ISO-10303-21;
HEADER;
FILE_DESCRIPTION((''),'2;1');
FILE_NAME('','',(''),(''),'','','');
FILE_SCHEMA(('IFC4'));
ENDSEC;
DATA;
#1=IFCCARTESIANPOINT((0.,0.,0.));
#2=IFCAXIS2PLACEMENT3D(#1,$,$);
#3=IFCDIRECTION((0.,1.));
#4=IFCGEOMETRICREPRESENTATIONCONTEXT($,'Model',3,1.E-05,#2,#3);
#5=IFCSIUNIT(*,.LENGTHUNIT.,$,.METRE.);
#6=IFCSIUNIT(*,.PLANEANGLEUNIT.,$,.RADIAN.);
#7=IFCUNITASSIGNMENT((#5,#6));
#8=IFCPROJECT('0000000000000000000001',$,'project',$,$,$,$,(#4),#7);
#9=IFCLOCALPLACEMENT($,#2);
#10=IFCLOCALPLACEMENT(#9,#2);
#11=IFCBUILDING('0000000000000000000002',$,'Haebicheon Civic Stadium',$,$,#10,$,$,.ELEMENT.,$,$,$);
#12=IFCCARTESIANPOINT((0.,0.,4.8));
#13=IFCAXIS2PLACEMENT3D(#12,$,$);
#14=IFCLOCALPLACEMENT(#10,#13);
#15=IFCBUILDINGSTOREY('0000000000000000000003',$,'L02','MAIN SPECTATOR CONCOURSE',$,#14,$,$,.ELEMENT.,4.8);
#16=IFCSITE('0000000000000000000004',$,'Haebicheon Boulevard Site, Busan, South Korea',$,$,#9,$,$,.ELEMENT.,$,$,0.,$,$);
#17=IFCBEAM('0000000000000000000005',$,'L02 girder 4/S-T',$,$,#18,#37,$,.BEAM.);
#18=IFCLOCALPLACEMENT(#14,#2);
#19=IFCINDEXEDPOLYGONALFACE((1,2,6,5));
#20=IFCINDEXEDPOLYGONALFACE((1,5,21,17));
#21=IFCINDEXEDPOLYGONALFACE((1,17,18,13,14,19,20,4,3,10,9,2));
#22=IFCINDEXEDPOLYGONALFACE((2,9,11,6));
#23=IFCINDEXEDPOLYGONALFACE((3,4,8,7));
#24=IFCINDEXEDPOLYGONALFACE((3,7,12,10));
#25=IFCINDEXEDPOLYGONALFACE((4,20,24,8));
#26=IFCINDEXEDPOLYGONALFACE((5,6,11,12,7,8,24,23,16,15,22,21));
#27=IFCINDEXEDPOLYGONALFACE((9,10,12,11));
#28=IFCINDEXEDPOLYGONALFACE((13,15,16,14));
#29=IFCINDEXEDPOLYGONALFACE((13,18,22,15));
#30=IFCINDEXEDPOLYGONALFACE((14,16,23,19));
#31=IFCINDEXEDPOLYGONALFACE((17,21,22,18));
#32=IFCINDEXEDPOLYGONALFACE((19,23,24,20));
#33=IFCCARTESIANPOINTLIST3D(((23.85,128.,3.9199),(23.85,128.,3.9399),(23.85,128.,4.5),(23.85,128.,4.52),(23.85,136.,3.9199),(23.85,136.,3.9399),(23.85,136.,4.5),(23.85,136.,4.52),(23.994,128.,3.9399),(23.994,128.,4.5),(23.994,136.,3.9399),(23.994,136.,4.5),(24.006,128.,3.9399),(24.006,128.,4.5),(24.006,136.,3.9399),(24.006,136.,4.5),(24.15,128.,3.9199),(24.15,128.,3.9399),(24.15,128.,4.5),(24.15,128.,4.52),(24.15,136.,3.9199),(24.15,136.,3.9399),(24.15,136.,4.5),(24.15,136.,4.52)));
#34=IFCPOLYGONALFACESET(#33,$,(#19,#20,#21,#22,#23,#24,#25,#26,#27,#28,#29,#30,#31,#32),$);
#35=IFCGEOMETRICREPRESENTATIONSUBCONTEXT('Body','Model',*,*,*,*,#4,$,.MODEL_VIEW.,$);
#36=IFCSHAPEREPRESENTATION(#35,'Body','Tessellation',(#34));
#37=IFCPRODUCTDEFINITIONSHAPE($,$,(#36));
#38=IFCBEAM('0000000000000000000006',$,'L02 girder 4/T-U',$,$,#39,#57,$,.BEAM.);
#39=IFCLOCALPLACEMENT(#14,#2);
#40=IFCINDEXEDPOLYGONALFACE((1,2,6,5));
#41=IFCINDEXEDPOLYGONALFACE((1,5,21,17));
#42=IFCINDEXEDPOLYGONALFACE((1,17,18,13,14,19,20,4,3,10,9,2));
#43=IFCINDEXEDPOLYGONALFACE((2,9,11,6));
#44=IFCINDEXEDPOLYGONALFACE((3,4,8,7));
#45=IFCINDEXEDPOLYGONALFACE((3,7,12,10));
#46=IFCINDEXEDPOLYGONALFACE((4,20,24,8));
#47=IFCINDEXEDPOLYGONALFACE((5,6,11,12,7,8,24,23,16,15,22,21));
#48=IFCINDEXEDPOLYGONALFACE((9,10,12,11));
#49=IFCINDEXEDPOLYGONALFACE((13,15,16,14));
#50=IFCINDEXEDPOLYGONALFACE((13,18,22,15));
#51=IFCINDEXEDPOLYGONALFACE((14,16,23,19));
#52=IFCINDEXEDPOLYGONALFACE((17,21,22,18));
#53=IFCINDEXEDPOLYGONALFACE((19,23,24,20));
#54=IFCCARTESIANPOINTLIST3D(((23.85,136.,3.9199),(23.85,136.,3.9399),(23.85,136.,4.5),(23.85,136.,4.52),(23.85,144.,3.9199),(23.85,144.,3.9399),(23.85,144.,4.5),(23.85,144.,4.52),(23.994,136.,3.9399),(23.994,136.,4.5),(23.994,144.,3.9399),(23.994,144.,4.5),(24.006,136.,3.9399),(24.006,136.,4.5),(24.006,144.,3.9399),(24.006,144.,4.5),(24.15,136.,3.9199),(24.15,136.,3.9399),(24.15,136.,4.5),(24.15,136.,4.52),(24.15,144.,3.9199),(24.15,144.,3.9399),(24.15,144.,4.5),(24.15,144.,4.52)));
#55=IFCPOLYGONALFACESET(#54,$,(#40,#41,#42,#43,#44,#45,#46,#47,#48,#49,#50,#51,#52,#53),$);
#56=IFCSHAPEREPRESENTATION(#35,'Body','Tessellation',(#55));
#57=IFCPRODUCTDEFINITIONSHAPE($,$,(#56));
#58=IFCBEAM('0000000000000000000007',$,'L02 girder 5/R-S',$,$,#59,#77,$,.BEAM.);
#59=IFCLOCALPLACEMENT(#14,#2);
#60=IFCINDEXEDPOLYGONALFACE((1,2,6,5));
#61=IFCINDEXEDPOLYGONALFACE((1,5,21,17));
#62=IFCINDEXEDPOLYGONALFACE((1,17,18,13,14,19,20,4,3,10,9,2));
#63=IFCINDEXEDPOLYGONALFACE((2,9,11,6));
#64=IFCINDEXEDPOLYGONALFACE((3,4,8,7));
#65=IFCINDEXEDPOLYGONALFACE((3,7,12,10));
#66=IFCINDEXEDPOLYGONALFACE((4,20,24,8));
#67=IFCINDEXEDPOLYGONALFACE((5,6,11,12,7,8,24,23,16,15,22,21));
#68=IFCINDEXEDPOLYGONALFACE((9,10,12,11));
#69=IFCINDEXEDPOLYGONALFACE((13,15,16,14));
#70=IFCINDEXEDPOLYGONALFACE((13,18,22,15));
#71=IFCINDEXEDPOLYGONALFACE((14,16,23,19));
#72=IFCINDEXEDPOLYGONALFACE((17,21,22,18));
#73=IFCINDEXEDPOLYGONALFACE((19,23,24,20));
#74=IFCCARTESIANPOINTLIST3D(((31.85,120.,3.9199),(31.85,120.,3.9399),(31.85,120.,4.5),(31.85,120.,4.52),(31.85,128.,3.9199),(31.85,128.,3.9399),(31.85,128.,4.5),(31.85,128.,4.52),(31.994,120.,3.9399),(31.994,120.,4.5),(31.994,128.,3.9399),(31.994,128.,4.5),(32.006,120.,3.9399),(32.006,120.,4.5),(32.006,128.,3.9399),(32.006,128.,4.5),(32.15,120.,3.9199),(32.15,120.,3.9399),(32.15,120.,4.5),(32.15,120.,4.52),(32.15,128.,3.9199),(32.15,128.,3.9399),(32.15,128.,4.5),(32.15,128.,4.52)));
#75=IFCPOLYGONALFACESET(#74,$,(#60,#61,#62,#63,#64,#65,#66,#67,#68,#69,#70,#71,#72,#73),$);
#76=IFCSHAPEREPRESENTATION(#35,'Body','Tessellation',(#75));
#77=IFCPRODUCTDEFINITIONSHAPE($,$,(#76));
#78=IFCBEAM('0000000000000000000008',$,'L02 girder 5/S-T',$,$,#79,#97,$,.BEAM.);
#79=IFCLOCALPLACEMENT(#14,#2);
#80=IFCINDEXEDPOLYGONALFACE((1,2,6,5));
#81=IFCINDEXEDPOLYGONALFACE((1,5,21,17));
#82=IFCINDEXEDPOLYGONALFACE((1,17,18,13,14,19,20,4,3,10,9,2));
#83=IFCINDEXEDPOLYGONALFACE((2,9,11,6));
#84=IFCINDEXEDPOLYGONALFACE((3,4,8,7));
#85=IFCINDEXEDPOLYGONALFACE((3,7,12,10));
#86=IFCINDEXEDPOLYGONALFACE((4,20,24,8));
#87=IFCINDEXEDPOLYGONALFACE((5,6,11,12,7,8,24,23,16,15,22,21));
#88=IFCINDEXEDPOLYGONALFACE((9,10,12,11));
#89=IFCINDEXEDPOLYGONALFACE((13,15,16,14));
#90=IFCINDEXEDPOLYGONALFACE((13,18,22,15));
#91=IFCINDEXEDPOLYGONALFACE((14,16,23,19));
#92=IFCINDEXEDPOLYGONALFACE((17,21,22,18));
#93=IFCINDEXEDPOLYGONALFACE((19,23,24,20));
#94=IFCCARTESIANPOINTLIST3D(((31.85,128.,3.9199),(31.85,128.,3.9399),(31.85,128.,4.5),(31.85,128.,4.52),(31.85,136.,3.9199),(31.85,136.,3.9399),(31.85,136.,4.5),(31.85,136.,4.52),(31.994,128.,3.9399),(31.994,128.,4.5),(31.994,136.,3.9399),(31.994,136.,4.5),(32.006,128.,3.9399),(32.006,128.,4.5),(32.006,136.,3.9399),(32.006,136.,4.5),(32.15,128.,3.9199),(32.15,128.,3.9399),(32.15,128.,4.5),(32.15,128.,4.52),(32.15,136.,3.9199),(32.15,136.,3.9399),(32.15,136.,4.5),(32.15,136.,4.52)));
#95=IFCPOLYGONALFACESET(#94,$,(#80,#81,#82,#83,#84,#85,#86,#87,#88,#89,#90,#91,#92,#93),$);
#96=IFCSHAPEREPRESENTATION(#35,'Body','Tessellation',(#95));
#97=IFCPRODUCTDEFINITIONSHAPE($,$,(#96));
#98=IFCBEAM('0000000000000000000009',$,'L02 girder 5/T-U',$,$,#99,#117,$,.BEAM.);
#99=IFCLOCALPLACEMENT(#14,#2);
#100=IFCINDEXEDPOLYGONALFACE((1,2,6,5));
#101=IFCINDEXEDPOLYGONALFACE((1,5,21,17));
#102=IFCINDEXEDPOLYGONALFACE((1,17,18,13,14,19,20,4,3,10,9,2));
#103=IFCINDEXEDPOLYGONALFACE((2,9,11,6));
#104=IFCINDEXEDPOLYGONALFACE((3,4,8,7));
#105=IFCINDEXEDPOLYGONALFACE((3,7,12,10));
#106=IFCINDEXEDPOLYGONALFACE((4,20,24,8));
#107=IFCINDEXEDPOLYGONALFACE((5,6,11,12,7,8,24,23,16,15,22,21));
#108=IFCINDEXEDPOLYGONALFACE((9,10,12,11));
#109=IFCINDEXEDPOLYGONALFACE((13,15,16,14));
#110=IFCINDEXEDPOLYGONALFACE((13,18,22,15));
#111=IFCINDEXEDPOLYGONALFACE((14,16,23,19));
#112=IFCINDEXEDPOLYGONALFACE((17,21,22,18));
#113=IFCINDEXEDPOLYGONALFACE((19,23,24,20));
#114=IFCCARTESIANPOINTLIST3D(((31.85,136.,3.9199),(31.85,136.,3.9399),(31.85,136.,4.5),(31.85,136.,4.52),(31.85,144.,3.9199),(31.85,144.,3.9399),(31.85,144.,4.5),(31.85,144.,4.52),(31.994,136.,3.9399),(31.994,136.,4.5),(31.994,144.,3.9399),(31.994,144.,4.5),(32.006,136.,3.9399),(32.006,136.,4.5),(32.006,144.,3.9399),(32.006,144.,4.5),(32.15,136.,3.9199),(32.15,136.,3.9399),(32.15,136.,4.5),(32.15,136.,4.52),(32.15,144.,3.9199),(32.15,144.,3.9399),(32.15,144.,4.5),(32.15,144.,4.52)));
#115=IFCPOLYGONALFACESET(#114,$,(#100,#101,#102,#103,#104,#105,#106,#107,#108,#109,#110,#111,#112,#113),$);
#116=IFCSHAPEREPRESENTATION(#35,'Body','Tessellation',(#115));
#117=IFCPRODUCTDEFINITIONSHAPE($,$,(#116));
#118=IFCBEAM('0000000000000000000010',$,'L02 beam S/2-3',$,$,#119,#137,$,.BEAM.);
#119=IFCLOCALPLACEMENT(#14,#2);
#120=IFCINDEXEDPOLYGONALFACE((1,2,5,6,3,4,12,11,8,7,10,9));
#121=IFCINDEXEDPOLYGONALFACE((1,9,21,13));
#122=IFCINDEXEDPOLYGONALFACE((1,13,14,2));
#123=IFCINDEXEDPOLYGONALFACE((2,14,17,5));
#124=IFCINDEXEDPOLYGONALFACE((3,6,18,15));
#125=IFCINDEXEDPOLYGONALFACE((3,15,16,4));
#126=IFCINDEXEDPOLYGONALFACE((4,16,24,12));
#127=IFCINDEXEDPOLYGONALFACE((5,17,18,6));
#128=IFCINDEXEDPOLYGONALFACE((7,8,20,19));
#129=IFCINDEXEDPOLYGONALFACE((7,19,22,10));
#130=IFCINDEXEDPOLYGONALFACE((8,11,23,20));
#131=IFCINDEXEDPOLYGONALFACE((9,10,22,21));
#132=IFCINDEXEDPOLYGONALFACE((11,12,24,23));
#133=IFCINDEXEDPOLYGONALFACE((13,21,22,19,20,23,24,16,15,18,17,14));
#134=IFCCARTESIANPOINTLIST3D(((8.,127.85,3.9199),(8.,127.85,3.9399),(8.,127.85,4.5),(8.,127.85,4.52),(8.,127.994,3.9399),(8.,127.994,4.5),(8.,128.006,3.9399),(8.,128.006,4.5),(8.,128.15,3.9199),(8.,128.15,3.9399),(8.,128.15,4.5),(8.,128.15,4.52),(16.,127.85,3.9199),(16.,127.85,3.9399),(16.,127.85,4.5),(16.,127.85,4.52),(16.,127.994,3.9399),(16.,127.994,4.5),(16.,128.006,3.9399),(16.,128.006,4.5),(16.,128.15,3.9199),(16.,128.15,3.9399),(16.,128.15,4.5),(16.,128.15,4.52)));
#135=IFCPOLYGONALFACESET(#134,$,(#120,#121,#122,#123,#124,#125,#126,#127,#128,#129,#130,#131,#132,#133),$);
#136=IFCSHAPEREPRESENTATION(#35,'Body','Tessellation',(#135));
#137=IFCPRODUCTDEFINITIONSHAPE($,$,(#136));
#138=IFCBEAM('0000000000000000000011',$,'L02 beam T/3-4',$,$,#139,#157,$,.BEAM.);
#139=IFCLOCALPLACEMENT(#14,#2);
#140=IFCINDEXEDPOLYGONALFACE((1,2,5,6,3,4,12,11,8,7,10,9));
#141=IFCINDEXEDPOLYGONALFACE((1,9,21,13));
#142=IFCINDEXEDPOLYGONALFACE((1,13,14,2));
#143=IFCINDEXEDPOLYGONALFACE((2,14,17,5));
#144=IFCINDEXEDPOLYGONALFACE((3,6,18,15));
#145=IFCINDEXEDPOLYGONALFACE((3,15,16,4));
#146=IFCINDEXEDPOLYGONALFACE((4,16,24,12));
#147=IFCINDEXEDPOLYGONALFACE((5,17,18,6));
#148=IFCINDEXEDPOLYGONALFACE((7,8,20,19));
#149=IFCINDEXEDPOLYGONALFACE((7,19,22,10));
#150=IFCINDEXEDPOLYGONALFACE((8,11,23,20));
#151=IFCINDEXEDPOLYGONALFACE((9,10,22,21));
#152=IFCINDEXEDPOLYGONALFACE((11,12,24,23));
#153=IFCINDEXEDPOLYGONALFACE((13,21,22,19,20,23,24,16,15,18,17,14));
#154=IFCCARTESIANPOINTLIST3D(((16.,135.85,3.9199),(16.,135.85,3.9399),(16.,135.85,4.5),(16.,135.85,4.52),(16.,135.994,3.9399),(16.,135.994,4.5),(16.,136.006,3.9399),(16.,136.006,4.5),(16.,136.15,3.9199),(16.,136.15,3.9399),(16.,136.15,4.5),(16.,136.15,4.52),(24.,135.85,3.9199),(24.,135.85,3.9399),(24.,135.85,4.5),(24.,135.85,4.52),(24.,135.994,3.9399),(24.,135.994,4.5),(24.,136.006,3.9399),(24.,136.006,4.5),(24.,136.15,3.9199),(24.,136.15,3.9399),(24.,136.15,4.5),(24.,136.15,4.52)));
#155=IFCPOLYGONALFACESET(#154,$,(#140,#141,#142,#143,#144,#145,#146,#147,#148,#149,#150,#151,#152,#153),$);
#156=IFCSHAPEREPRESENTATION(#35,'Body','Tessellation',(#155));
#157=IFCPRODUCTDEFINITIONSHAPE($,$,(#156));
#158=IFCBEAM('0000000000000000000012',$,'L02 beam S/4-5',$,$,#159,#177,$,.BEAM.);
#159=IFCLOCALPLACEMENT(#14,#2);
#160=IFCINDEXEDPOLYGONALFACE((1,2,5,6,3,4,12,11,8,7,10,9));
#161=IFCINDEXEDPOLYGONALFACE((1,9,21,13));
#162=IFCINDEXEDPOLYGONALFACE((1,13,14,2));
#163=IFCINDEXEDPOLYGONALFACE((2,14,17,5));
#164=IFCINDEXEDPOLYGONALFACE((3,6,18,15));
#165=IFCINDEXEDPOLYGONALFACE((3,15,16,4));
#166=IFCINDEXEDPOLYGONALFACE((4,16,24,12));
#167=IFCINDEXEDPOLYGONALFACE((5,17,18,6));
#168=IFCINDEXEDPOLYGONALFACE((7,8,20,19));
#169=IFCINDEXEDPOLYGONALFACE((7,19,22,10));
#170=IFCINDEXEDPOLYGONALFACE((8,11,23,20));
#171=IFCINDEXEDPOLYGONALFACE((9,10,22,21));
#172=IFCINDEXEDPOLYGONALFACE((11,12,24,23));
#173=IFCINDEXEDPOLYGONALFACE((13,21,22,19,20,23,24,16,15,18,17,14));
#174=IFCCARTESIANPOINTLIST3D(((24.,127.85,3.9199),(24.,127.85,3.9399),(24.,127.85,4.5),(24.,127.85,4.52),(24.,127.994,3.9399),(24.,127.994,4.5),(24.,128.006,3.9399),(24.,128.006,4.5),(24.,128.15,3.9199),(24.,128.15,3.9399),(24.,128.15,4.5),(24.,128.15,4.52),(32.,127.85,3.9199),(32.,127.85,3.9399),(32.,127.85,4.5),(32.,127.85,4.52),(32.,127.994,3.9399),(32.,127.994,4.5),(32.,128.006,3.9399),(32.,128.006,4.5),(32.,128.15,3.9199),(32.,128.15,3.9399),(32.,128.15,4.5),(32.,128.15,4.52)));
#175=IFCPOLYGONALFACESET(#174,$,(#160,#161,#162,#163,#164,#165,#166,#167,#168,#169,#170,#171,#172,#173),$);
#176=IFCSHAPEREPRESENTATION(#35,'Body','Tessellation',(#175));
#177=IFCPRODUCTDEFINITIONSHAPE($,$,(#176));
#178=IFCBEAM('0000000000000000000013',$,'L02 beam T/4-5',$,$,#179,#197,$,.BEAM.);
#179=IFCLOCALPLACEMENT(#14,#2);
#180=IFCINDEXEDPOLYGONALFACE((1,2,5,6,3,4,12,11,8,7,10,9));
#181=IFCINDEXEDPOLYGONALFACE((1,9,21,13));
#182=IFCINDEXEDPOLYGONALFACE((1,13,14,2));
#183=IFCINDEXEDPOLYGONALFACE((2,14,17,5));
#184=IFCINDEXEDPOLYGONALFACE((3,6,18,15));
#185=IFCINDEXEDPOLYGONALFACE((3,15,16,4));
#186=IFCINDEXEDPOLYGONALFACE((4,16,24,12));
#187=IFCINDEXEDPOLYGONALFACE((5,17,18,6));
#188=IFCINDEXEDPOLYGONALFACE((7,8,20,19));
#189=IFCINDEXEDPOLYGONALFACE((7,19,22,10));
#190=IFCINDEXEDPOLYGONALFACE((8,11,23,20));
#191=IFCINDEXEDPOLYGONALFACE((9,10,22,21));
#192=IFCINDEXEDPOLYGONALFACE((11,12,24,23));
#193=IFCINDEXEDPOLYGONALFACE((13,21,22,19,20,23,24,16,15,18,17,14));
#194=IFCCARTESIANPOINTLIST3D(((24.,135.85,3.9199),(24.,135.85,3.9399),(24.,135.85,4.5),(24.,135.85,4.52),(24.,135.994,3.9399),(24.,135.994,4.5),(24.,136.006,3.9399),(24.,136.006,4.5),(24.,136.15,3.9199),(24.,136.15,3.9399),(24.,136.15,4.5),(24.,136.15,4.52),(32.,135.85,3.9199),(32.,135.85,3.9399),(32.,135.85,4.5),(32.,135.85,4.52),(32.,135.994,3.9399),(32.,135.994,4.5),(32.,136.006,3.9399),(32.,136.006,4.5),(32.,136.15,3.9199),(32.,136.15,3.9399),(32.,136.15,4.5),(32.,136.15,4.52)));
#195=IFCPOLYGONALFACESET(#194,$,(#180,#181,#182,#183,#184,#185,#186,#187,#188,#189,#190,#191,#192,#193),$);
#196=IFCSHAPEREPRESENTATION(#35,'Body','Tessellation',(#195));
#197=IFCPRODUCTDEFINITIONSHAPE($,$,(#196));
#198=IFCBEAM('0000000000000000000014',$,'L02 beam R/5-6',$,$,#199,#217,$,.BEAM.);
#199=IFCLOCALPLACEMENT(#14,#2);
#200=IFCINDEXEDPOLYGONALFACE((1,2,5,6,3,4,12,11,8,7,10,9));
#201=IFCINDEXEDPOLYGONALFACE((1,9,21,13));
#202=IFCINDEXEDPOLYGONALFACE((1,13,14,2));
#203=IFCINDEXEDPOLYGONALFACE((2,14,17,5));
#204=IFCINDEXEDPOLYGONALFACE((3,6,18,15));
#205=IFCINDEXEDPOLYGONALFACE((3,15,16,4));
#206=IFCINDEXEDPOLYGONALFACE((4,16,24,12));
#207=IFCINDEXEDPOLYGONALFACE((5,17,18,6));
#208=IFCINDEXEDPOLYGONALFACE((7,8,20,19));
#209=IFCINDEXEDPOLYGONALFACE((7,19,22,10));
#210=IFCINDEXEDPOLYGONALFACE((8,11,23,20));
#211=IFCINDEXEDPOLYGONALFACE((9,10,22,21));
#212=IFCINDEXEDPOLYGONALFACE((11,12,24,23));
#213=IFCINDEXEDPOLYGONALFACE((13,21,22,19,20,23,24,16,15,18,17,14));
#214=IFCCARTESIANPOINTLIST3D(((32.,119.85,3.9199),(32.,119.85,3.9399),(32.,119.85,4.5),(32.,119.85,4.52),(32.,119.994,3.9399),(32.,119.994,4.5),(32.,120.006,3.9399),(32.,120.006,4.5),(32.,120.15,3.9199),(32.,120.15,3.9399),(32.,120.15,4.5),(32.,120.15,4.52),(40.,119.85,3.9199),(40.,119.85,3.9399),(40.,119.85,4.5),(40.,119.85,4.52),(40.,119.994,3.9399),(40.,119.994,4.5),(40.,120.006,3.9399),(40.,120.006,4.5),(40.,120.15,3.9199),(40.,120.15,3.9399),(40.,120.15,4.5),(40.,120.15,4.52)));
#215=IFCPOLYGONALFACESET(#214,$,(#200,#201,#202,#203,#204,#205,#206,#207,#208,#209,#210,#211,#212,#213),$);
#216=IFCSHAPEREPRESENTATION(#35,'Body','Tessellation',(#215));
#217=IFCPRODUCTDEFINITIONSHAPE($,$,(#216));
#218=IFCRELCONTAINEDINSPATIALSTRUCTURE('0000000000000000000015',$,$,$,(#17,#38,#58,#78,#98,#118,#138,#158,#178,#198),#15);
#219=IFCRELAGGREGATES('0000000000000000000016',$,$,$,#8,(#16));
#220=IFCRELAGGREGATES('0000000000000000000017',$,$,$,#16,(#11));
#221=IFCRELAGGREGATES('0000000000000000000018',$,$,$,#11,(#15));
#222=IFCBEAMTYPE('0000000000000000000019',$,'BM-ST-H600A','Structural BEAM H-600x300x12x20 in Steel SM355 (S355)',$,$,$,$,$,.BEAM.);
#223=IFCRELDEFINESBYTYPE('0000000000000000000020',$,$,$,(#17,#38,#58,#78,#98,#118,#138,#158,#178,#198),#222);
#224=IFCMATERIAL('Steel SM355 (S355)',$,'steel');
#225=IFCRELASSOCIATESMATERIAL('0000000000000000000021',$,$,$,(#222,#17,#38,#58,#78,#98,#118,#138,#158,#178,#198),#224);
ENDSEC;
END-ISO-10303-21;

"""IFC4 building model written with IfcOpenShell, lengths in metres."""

from ifc_helpers import new_model, si_unit, direction, frame, origin, origin_2d, place, context, subcontext, project, spatial, i_section, extrude, material, material_profile, profile_set, type_object, element, save


model = new_model("IFC4")

# Units and contexts
model_context = context("Model", 3, precision=1e-05, world=origin(), true_north=direction((0.0, 1.0)))
body_context = subcontext(model_context, "Body", "Model", "MODEL_VIEW")
ifc_project = project(units=[si_unit("LENGTHUNIT", "METRE"), si_unit("PLANEANGLEUNIT", "RADIAN")], contexts=[model_context])

# Site, building, storey
site_placement = place(None, origin())
site = spatial("IfcSite", under=ifc_project, at=site_placement, Name="Haebicheon Boulevard Site, Busan, South Korea", CompositionType="ELEMENT", RefElevation=0.0)
building_placement = place(site_placement, origin())
building = spatial("IfcBuilding", under=site, at=building_placement, Name="Haebicheon Civic Stadium", CompositionType="ELEMENT")
storey_placement = place(building_placement, frame((0.0, 0.0, 4.8)))
storey = spatial("IfcBuildingStorey", under=building, at=storey_placement, Name="L02", Description="MAIN SPECTATOR CONCOURSE", CompositionType="ELEMENT", Elevation=4.8)

# Beams
ifc_material_1 = material(Name="Steel SM355 (S355)", Category="steel")
ifc_material_profile_1 = material_profile(ifc_material_1, i_section(OverallWidth=0.3, OverallDepth=0.6001, WebThickness=0.012, FlangeThickness=0.02, at=origin_2d()), Name="H-600x300x12x20")
ifc_profile_set_1 = profile_set([ifc_material_profile_1], Name="Steel SM355 (S355)")
beam_type_1 = type_object("IfcBeamType", Name="BM-ST-H600A", Description="Structural BEAM H-600x300x12x20 in Steel SM355 (S355)", PredefinedType="BEAM", material=ifc_profile_set_1)
for number, where, z_axis, x_axis, name in (
    (1, (24.0, 128.0, 4.22), (0.0, 1.0, 0.0), (-1.0, 0.0, 0.0), "L02 girder 4/S-T"),
    (2, (24.0, 136.0, 4.22), (0.0, 1.0, 0.0), (-1.0, 0.0, 0.0), "L02 girder 4/T-U"),
    (3, (32.0, 120.0, 4.22), (0.0, 1.0, 0.0), (-1.0, 0.0, 0.0), "L02 girder 5/R-S"),
    (4, (32.0, 128.0, 4.22), (0.0, 1.0, 0.0), (-1.0, 0.0, 0.0), "L02 girder 5/S-T"),
    (5, (32.0, 136.0, 4.22), (0.0, 1.0, 0.0), (-1.0, 0.0, 0.0), "L02 girder 5/T-U"),
    (6, (8.0, 128.0, 4.22), (1.0, 0.0, 0.0), (0.0, 1.0, 0.0), "L02 beam S/2-3"),
    (7, (16.0, 136.0, 4.22), (1.0, 0.0, 0.0), (0.0, 1.0, 0.0), "L02 beam T/3-4"),
    (8, (24.0, 128.0, 4.22), (1.0, 0.0, 0.0), (0.0, 1.0, 0.0), "L02 beam S/4-5"),
    (9, (24.0, 136.0, 4.22), (1.0, 0.0, 0.0), (0.0, 1.0, 0.0), "L02 beam T/4-5"),
    (10, (32.0, 120.0, 4.22), (1.0, 0.0, 0.0), (0.0, 1.0, 0.0), "L02 beam R/5-6"),
):
    element("IfcBeam", number, at=place(storey_placement, frame(where, z_axis=z_axis, x_axis=x_axis)), inside=storey, type_object=beam_type_1, material=ifc_profile_set_1, Name=name, PredefinedType="BEAM", context=body_context, shape_type="SweptSolid", body=[
        extrude(i_section(OverallWidth=0.3, OverallDepth=0.6001, WebThickness=0.012, FlangeThickness=0.02, at=origin_2d()), origin(), (0.0, 0.0, 1.0), 8.0),
    ])

save(model, "model.ifc")
